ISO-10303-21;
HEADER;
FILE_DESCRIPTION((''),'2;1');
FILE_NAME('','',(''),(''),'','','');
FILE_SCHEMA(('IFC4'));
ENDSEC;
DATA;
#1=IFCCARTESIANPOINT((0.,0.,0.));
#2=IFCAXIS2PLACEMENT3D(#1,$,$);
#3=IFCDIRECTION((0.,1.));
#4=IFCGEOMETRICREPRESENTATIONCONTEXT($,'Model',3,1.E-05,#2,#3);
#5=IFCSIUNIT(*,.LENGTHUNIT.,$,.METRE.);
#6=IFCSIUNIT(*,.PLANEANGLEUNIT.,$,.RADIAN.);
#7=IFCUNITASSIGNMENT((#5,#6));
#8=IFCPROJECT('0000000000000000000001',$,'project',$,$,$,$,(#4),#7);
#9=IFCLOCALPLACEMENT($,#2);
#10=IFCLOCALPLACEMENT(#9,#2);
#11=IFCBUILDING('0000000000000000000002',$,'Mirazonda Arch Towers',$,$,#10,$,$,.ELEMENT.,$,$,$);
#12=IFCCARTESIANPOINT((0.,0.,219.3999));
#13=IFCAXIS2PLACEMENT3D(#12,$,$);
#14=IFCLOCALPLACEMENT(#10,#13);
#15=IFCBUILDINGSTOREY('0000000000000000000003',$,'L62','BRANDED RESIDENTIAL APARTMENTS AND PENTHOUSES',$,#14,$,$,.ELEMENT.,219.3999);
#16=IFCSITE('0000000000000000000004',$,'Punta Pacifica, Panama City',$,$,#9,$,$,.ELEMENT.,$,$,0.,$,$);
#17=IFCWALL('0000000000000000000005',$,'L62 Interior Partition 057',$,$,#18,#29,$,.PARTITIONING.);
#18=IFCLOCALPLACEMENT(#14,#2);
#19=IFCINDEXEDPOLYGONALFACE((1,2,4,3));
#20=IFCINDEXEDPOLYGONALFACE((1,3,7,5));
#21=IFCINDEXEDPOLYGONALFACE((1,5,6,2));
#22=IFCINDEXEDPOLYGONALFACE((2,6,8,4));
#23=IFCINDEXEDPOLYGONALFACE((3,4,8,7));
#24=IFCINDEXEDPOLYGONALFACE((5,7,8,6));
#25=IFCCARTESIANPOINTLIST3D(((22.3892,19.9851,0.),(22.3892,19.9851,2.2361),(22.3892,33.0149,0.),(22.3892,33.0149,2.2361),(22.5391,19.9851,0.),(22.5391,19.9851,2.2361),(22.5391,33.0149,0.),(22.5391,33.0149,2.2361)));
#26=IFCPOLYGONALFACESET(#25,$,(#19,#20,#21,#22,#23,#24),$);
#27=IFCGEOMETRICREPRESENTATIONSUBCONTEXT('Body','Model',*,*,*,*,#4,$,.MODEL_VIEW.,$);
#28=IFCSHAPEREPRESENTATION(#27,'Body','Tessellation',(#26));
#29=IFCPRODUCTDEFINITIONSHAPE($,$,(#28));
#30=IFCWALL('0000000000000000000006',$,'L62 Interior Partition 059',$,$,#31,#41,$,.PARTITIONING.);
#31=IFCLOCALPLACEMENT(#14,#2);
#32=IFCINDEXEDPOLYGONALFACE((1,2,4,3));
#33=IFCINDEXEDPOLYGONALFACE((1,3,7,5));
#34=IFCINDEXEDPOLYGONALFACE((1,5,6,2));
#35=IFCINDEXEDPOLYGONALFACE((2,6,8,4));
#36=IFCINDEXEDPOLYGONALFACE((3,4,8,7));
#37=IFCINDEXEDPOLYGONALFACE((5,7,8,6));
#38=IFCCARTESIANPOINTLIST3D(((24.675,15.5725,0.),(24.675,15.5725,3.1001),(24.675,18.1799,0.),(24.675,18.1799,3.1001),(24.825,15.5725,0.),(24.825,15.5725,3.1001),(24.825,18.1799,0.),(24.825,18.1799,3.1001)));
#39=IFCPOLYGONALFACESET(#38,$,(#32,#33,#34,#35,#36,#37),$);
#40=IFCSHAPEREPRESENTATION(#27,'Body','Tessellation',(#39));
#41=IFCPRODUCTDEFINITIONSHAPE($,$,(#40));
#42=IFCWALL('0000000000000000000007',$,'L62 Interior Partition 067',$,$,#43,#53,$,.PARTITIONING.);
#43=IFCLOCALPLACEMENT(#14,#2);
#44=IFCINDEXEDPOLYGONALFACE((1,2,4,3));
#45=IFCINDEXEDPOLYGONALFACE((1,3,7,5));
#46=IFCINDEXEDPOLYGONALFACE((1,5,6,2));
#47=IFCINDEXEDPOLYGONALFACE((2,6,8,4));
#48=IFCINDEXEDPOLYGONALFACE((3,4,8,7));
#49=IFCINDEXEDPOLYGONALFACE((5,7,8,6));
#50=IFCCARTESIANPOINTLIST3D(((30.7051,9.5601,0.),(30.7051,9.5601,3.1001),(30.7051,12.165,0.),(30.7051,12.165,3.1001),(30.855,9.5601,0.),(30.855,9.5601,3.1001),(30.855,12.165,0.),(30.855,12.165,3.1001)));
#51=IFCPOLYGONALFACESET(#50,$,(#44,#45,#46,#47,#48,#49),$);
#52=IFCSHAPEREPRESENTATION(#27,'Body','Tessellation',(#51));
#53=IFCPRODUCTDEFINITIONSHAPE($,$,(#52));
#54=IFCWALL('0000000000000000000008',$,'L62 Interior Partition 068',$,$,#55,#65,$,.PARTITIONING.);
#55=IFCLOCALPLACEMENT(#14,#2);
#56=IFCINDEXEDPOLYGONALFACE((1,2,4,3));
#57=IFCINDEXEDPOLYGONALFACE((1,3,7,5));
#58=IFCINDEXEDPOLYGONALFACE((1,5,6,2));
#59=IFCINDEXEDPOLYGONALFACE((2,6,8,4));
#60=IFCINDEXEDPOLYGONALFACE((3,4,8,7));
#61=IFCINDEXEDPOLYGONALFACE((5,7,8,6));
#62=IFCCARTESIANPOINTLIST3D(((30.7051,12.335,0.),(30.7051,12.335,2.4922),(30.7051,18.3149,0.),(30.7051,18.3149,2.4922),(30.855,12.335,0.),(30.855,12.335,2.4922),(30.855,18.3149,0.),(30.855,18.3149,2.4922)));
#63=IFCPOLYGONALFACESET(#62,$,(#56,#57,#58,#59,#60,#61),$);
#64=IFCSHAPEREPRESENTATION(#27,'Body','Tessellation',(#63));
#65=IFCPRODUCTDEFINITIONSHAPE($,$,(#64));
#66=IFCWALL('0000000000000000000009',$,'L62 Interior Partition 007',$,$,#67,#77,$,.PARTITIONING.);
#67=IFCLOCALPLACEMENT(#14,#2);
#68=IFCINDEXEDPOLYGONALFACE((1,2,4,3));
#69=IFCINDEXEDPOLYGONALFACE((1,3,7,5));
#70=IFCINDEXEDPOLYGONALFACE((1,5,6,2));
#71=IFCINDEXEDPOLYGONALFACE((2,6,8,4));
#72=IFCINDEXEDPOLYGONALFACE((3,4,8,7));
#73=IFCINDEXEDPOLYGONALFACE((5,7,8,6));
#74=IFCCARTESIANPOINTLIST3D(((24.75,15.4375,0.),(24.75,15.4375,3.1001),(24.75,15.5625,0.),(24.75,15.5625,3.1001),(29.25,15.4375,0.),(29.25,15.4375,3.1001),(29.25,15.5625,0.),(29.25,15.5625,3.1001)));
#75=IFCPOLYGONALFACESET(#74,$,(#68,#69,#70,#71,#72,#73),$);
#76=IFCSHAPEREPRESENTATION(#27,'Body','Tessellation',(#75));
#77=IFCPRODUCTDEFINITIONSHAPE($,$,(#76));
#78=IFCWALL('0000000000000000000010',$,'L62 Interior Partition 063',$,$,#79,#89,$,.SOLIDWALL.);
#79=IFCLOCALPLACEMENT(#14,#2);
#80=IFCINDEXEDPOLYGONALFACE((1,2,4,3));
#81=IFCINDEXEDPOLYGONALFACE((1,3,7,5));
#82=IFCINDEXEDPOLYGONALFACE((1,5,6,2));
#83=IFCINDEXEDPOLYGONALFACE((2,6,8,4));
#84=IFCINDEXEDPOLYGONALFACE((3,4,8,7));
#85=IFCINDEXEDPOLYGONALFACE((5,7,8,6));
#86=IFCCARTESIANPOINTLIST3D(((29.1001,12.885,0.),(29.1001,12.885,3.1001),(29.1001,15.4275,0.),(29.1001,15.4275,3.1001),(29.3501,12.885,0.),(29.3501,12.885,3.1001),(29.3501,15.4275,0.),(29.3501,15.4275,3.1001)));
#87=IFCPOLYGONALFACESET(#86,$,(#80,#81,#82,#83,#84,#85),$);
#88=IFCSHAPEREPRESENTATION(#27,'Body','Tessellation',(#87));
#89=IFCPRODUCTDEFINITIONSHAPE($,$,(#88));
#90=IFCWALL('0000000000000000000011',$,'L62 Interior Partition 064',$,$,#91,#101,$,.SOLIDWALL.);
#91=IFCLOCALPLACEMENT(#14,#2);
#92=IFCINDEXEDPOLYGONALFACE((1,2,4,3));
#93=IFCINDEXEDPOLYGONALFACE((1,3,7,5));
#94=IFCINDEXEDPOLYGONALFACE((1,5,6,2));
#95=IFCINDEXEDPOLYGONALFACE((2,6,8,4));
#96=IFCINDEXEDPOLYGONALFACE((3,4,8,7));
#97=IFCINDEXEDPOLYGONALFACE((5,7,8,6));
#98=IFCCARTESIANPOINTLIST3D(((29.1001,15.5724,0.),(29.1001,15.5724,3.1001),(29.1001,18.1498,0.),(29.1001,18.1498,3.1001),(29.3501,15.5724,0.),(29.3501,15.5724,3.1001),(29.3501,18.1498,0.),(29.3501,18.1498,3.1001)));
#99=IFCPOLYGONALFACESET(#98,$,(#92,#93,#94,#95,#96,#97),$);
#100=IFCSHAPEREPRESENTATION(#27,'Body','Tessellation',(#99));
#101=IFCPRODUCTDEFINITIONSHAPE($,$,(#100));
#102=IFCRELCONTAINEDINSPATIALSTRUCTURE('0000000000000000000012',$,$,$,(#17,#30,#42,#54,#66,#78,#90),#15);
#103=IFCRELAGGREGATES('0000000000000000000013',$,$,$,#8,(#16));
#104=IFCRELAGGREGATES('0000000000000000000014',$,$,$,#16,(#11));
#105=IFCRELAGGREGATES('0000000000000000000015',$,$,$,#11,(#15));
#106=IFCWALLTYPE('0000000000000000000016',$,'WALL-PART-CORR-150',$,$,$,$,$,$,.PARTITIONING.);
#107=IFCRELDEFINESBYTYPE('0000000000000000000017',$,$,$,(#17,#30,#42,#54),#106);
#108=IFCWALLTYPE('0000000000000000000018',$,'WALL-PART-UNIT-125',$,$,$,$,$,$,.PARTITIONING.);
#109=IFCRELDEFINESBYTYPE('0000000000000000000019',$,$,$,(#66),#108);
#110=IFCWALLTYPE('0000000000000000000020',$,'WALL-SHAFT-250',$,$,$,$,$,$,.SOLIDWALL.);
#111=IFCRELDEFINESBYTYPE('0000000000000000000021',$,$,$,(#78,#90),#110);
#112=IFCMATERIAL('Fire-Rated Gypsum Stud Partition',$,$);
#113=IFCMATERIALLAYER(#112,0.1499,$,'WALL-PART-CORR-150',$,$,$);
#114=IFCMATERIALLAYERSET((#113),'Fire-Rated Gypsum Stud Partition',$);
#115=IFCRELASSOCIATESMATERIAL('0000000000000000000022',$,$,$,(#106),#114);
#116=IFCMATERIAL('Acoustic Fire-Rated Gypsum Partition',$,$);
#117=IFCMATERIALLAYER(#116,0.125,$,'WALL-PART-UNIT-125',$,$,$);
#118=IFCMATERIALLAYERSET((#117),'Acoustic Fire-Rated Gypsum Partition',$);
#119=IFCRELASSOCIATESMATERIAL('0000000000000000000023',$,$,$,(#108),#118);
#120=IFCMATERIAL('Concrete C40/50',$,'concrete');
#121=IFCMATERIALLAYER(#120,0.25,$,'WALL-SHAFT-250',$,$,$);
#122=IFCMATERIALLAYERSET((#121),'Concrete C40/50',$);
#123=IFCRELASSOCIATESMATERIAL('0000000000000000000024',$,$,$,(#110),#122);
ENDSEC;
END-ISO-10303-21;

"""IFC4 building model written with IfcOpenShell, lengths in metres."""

from ifc_helpers import new_model, si_unit, direction, frame, frame_2d, origin, place, context, subcontext, project, spatial, rectangle, extrude, material, layer, layer_set, type_object, element, save


model = new_model("IFC4")

# Units and contexts
model_context = context("Model", 3, precision=1e-05, world=origin(), true_north=direction((0.0, 1.0)))
body_context = subcontext(model_context, "Body", "Model", "MODEL_VIEW")
ifc_project = project(units=[si_unit("LENGTHUNIT", "METRE"), si_unit("PLANEANGLEUNIT", "RADIAN")], contexts=[model_context])

# Site, building, storey
site_placement = place(None, origin())
site = spatial("IfcSite", under=ifc_project, at=site_placement, Name="Punta Pacifica, Panama City", CompositionType="ELEMENT", RefElevation=0.0)
building_placement = place(site_placement, origin())
building = spatial("IfcBuilding", under=site, at=building_placement, Name="Mirazonda Arch Towers", CompositionType="ELEMENT")
storey_placement = place(building_placement, frame((0.0, 0.0, 219.3999)))
storey = spatial("IfcBuildingStorey", under=building, at=storey_placement, Name="L62", Description="BRANDED RESIDENTIAL APARTMENTS AND PENTHOUSES", CompositionType="ELEMENT", Elevation=219.3999)

# Wall
ifc_material_1 = material(Name="Concrete C40/50", Category="concrete")
ifc_material_2 = material(Name="Fire-Rated Gypsum Stud Partition")
ifc_layer_1 = layer(ifc_material_2, 0.1499, Name="WALL-PART-CORR-150")
ifc_layer_set_1 = layer_set([ifc_layer_1], Name="Fire-Rated Gypsum Stud Partition")
wall_type_1 = type_object("IfcWallType", Name="WALL-PART-CORR-150", PredefinedType="PARTITIONING", material=ifc_layer_set_1)
wall_1_placement = place(storey_placement, frame((22.4641, 19.9851, 0.0), z_axis=(0.0, 0.0, 1.0), x_axis=(0.0, 1.0, 0.0)))
element("IfcWall", 1, at=wall_1_placement, inside=storey, type_object=wall_type_1, Name="L62 Interior Partition 057", PredefinedType="PARTITIONING", context=body_context, shape_type="SweptSolid", body=[
    extrude(rectangle(XDim=13.0298, YDim=0.1499, at=frame_2d((6.5149, 0.0))), origin(), (0.0, 0.0, 1.0), 2.2361),
])

# Walls
wall_2_placement = place(storey_placement, frame((24.75, 15.5725, 0.0), z_axis=(0.0, 0.0, 1.0), x_axis=(0.0, 1.0, 0.0)))
element("IfcWall", 2, at=wall_2_placement, inside=storey, type_object=wall_type_1, Name="L62 Interior Partition 059", PredefinedType="PARTITIONING", context=body_context, shape_type="SweptSolid", body=[
    extrude(rectangle(XDim=2.6074, YDim=0.1499, at=frame_2d((1.3037, 0.0))), origin(), (0.0, 0.0, 1.0), 3.1001),
])
wall_3_placement = place(storey_placement, frame((30.78, 9.5601, 0.0), z_axis=(0.0, 0.0, 1.0), x_axis=(0.0, 1.0, 0.0)))
element("IfcWall", 3, at=wall_3_placement, inside=storey, type_object=wall_type_1, Name="L62 Interior Partition 067", PredefinedType="PARTITIONING", context=body_context, shape_type="SweptSolid", body=[
    extrude(rectangle(XDim=2.605, YDim=0.1499, at=frame_2d((1.3025, 0.0))), origin(), (0.0, 0.0, 1.0), 3.1001),
])
wall_4_placement = place(storey_placement, frame((30.78, 12.335, 0.0), z_axis=(0.0, 0.0, 1.0), x_axis=(0.0, 1.0, 0.0)))
element("IfcWall", 4, at=wall_4_placement, inside=storey, type_object=wall_type_1, Name="L62 Interior Partition 068", PredefinedType="PARTITIONING", context=body_context, shape_type="SweptSolid", body=[
    extrude(rectangle(XDim=5.98, YDim=0.1499, at=frame_2d((2.99, 0.0))), origin(), (0.0, 0.0, 1.0), 2.4922),
])
ifc_material_3 = material(Name="Acoustic Fire-Rated Gypsum Partition")
ifc_layer_2 = layer(ifc_material_3, 0.125, Name="WALL-PART-UNIT-125")
ifc_layer_set_2 = layer_set([ifc_layer_2], Name="Acoustic Fire-Rated Gypsum Partition")
wall_type_2 = type_object("IfcWallType", Name="WALL-PART-UNIT-125", PredefinedType="PARTITIONING", material=ifc_layer_set_2)
wall_5_placement = place(storey_placement, frame((24.75, 15.5, 0.0), z_axis=(0.0, 0.0, 1.0), x_axis=(1.0, 0.0, 0.0)))
element("IfcWall", 5, at=wall_5_placement, inside=storey, type_object=wall_type_2, Name="L62 Interior Partition 007", PredefinedType="PARTITIONING", context=body_context, shape_type="SweptSolid", body=[
    extrude(rectangle(XDim=4.5, YDim=0.125, at=frame_2d((2.25, 0.0))), origin(), (0.0, 0.0, 1.0), 3.1001),
])
ifc_layer_3 = layer(ifc_material_1, 0.25, Name="WALL-SHAFT-250")
ifc_layer_set_3 = layer_set([ifc_layer_3], Name="Concrete C40/50")
wall_type_3 = type_object("IfcWallType", Name="WALL-SHAFT-250", PredefinedType="SOLIDWALL", material=ifc_layer_set_3)
wall_6_placement = place(storey_placement, frame((29.2251, 12.885, 0.0), z_axis=(0.0, 0.0, 1.0), x_axis=(0.0, 1.0, 0.0)))
element("IfcWall", 6, at=wall_6_placement, inside=storey, type_object=wall_type_3, Name="L62 Interior Partition 063", PredefinedType="SOLIDWALL", context=body_context, shape_type="SweptSolid", body=[
    extrude(rectangle(XDim=2.5425, YDim=0.25, at=frame_2d((1.2712, 0.0))), origin(), (0.0, 0.0, 1.0), 3.1001),
])
wall_7_placement = place(storey_placement, frame((29.2251, 15.5725, 0.0), z_axis=(0.0, 0.0, 1.0), x_axis=(0.0, 1.0, 0.0)))
element("IfcWall", 7, at=wall_7_placement, inside=storey, type_object=wall_type_3, Name="L62 Interior Partition 064", PredefinedType="SOLIDWALL", context=body_context, shape_type="SweptSolid", body=[
    extrude(rectangle(XDim=2.5774, YDim=0.25, at=frame_2d((1.2886, 0.0))), origin(), (0.0, 0.0, 1.0), 3.1001),
])

save(model, "model.ifc")
